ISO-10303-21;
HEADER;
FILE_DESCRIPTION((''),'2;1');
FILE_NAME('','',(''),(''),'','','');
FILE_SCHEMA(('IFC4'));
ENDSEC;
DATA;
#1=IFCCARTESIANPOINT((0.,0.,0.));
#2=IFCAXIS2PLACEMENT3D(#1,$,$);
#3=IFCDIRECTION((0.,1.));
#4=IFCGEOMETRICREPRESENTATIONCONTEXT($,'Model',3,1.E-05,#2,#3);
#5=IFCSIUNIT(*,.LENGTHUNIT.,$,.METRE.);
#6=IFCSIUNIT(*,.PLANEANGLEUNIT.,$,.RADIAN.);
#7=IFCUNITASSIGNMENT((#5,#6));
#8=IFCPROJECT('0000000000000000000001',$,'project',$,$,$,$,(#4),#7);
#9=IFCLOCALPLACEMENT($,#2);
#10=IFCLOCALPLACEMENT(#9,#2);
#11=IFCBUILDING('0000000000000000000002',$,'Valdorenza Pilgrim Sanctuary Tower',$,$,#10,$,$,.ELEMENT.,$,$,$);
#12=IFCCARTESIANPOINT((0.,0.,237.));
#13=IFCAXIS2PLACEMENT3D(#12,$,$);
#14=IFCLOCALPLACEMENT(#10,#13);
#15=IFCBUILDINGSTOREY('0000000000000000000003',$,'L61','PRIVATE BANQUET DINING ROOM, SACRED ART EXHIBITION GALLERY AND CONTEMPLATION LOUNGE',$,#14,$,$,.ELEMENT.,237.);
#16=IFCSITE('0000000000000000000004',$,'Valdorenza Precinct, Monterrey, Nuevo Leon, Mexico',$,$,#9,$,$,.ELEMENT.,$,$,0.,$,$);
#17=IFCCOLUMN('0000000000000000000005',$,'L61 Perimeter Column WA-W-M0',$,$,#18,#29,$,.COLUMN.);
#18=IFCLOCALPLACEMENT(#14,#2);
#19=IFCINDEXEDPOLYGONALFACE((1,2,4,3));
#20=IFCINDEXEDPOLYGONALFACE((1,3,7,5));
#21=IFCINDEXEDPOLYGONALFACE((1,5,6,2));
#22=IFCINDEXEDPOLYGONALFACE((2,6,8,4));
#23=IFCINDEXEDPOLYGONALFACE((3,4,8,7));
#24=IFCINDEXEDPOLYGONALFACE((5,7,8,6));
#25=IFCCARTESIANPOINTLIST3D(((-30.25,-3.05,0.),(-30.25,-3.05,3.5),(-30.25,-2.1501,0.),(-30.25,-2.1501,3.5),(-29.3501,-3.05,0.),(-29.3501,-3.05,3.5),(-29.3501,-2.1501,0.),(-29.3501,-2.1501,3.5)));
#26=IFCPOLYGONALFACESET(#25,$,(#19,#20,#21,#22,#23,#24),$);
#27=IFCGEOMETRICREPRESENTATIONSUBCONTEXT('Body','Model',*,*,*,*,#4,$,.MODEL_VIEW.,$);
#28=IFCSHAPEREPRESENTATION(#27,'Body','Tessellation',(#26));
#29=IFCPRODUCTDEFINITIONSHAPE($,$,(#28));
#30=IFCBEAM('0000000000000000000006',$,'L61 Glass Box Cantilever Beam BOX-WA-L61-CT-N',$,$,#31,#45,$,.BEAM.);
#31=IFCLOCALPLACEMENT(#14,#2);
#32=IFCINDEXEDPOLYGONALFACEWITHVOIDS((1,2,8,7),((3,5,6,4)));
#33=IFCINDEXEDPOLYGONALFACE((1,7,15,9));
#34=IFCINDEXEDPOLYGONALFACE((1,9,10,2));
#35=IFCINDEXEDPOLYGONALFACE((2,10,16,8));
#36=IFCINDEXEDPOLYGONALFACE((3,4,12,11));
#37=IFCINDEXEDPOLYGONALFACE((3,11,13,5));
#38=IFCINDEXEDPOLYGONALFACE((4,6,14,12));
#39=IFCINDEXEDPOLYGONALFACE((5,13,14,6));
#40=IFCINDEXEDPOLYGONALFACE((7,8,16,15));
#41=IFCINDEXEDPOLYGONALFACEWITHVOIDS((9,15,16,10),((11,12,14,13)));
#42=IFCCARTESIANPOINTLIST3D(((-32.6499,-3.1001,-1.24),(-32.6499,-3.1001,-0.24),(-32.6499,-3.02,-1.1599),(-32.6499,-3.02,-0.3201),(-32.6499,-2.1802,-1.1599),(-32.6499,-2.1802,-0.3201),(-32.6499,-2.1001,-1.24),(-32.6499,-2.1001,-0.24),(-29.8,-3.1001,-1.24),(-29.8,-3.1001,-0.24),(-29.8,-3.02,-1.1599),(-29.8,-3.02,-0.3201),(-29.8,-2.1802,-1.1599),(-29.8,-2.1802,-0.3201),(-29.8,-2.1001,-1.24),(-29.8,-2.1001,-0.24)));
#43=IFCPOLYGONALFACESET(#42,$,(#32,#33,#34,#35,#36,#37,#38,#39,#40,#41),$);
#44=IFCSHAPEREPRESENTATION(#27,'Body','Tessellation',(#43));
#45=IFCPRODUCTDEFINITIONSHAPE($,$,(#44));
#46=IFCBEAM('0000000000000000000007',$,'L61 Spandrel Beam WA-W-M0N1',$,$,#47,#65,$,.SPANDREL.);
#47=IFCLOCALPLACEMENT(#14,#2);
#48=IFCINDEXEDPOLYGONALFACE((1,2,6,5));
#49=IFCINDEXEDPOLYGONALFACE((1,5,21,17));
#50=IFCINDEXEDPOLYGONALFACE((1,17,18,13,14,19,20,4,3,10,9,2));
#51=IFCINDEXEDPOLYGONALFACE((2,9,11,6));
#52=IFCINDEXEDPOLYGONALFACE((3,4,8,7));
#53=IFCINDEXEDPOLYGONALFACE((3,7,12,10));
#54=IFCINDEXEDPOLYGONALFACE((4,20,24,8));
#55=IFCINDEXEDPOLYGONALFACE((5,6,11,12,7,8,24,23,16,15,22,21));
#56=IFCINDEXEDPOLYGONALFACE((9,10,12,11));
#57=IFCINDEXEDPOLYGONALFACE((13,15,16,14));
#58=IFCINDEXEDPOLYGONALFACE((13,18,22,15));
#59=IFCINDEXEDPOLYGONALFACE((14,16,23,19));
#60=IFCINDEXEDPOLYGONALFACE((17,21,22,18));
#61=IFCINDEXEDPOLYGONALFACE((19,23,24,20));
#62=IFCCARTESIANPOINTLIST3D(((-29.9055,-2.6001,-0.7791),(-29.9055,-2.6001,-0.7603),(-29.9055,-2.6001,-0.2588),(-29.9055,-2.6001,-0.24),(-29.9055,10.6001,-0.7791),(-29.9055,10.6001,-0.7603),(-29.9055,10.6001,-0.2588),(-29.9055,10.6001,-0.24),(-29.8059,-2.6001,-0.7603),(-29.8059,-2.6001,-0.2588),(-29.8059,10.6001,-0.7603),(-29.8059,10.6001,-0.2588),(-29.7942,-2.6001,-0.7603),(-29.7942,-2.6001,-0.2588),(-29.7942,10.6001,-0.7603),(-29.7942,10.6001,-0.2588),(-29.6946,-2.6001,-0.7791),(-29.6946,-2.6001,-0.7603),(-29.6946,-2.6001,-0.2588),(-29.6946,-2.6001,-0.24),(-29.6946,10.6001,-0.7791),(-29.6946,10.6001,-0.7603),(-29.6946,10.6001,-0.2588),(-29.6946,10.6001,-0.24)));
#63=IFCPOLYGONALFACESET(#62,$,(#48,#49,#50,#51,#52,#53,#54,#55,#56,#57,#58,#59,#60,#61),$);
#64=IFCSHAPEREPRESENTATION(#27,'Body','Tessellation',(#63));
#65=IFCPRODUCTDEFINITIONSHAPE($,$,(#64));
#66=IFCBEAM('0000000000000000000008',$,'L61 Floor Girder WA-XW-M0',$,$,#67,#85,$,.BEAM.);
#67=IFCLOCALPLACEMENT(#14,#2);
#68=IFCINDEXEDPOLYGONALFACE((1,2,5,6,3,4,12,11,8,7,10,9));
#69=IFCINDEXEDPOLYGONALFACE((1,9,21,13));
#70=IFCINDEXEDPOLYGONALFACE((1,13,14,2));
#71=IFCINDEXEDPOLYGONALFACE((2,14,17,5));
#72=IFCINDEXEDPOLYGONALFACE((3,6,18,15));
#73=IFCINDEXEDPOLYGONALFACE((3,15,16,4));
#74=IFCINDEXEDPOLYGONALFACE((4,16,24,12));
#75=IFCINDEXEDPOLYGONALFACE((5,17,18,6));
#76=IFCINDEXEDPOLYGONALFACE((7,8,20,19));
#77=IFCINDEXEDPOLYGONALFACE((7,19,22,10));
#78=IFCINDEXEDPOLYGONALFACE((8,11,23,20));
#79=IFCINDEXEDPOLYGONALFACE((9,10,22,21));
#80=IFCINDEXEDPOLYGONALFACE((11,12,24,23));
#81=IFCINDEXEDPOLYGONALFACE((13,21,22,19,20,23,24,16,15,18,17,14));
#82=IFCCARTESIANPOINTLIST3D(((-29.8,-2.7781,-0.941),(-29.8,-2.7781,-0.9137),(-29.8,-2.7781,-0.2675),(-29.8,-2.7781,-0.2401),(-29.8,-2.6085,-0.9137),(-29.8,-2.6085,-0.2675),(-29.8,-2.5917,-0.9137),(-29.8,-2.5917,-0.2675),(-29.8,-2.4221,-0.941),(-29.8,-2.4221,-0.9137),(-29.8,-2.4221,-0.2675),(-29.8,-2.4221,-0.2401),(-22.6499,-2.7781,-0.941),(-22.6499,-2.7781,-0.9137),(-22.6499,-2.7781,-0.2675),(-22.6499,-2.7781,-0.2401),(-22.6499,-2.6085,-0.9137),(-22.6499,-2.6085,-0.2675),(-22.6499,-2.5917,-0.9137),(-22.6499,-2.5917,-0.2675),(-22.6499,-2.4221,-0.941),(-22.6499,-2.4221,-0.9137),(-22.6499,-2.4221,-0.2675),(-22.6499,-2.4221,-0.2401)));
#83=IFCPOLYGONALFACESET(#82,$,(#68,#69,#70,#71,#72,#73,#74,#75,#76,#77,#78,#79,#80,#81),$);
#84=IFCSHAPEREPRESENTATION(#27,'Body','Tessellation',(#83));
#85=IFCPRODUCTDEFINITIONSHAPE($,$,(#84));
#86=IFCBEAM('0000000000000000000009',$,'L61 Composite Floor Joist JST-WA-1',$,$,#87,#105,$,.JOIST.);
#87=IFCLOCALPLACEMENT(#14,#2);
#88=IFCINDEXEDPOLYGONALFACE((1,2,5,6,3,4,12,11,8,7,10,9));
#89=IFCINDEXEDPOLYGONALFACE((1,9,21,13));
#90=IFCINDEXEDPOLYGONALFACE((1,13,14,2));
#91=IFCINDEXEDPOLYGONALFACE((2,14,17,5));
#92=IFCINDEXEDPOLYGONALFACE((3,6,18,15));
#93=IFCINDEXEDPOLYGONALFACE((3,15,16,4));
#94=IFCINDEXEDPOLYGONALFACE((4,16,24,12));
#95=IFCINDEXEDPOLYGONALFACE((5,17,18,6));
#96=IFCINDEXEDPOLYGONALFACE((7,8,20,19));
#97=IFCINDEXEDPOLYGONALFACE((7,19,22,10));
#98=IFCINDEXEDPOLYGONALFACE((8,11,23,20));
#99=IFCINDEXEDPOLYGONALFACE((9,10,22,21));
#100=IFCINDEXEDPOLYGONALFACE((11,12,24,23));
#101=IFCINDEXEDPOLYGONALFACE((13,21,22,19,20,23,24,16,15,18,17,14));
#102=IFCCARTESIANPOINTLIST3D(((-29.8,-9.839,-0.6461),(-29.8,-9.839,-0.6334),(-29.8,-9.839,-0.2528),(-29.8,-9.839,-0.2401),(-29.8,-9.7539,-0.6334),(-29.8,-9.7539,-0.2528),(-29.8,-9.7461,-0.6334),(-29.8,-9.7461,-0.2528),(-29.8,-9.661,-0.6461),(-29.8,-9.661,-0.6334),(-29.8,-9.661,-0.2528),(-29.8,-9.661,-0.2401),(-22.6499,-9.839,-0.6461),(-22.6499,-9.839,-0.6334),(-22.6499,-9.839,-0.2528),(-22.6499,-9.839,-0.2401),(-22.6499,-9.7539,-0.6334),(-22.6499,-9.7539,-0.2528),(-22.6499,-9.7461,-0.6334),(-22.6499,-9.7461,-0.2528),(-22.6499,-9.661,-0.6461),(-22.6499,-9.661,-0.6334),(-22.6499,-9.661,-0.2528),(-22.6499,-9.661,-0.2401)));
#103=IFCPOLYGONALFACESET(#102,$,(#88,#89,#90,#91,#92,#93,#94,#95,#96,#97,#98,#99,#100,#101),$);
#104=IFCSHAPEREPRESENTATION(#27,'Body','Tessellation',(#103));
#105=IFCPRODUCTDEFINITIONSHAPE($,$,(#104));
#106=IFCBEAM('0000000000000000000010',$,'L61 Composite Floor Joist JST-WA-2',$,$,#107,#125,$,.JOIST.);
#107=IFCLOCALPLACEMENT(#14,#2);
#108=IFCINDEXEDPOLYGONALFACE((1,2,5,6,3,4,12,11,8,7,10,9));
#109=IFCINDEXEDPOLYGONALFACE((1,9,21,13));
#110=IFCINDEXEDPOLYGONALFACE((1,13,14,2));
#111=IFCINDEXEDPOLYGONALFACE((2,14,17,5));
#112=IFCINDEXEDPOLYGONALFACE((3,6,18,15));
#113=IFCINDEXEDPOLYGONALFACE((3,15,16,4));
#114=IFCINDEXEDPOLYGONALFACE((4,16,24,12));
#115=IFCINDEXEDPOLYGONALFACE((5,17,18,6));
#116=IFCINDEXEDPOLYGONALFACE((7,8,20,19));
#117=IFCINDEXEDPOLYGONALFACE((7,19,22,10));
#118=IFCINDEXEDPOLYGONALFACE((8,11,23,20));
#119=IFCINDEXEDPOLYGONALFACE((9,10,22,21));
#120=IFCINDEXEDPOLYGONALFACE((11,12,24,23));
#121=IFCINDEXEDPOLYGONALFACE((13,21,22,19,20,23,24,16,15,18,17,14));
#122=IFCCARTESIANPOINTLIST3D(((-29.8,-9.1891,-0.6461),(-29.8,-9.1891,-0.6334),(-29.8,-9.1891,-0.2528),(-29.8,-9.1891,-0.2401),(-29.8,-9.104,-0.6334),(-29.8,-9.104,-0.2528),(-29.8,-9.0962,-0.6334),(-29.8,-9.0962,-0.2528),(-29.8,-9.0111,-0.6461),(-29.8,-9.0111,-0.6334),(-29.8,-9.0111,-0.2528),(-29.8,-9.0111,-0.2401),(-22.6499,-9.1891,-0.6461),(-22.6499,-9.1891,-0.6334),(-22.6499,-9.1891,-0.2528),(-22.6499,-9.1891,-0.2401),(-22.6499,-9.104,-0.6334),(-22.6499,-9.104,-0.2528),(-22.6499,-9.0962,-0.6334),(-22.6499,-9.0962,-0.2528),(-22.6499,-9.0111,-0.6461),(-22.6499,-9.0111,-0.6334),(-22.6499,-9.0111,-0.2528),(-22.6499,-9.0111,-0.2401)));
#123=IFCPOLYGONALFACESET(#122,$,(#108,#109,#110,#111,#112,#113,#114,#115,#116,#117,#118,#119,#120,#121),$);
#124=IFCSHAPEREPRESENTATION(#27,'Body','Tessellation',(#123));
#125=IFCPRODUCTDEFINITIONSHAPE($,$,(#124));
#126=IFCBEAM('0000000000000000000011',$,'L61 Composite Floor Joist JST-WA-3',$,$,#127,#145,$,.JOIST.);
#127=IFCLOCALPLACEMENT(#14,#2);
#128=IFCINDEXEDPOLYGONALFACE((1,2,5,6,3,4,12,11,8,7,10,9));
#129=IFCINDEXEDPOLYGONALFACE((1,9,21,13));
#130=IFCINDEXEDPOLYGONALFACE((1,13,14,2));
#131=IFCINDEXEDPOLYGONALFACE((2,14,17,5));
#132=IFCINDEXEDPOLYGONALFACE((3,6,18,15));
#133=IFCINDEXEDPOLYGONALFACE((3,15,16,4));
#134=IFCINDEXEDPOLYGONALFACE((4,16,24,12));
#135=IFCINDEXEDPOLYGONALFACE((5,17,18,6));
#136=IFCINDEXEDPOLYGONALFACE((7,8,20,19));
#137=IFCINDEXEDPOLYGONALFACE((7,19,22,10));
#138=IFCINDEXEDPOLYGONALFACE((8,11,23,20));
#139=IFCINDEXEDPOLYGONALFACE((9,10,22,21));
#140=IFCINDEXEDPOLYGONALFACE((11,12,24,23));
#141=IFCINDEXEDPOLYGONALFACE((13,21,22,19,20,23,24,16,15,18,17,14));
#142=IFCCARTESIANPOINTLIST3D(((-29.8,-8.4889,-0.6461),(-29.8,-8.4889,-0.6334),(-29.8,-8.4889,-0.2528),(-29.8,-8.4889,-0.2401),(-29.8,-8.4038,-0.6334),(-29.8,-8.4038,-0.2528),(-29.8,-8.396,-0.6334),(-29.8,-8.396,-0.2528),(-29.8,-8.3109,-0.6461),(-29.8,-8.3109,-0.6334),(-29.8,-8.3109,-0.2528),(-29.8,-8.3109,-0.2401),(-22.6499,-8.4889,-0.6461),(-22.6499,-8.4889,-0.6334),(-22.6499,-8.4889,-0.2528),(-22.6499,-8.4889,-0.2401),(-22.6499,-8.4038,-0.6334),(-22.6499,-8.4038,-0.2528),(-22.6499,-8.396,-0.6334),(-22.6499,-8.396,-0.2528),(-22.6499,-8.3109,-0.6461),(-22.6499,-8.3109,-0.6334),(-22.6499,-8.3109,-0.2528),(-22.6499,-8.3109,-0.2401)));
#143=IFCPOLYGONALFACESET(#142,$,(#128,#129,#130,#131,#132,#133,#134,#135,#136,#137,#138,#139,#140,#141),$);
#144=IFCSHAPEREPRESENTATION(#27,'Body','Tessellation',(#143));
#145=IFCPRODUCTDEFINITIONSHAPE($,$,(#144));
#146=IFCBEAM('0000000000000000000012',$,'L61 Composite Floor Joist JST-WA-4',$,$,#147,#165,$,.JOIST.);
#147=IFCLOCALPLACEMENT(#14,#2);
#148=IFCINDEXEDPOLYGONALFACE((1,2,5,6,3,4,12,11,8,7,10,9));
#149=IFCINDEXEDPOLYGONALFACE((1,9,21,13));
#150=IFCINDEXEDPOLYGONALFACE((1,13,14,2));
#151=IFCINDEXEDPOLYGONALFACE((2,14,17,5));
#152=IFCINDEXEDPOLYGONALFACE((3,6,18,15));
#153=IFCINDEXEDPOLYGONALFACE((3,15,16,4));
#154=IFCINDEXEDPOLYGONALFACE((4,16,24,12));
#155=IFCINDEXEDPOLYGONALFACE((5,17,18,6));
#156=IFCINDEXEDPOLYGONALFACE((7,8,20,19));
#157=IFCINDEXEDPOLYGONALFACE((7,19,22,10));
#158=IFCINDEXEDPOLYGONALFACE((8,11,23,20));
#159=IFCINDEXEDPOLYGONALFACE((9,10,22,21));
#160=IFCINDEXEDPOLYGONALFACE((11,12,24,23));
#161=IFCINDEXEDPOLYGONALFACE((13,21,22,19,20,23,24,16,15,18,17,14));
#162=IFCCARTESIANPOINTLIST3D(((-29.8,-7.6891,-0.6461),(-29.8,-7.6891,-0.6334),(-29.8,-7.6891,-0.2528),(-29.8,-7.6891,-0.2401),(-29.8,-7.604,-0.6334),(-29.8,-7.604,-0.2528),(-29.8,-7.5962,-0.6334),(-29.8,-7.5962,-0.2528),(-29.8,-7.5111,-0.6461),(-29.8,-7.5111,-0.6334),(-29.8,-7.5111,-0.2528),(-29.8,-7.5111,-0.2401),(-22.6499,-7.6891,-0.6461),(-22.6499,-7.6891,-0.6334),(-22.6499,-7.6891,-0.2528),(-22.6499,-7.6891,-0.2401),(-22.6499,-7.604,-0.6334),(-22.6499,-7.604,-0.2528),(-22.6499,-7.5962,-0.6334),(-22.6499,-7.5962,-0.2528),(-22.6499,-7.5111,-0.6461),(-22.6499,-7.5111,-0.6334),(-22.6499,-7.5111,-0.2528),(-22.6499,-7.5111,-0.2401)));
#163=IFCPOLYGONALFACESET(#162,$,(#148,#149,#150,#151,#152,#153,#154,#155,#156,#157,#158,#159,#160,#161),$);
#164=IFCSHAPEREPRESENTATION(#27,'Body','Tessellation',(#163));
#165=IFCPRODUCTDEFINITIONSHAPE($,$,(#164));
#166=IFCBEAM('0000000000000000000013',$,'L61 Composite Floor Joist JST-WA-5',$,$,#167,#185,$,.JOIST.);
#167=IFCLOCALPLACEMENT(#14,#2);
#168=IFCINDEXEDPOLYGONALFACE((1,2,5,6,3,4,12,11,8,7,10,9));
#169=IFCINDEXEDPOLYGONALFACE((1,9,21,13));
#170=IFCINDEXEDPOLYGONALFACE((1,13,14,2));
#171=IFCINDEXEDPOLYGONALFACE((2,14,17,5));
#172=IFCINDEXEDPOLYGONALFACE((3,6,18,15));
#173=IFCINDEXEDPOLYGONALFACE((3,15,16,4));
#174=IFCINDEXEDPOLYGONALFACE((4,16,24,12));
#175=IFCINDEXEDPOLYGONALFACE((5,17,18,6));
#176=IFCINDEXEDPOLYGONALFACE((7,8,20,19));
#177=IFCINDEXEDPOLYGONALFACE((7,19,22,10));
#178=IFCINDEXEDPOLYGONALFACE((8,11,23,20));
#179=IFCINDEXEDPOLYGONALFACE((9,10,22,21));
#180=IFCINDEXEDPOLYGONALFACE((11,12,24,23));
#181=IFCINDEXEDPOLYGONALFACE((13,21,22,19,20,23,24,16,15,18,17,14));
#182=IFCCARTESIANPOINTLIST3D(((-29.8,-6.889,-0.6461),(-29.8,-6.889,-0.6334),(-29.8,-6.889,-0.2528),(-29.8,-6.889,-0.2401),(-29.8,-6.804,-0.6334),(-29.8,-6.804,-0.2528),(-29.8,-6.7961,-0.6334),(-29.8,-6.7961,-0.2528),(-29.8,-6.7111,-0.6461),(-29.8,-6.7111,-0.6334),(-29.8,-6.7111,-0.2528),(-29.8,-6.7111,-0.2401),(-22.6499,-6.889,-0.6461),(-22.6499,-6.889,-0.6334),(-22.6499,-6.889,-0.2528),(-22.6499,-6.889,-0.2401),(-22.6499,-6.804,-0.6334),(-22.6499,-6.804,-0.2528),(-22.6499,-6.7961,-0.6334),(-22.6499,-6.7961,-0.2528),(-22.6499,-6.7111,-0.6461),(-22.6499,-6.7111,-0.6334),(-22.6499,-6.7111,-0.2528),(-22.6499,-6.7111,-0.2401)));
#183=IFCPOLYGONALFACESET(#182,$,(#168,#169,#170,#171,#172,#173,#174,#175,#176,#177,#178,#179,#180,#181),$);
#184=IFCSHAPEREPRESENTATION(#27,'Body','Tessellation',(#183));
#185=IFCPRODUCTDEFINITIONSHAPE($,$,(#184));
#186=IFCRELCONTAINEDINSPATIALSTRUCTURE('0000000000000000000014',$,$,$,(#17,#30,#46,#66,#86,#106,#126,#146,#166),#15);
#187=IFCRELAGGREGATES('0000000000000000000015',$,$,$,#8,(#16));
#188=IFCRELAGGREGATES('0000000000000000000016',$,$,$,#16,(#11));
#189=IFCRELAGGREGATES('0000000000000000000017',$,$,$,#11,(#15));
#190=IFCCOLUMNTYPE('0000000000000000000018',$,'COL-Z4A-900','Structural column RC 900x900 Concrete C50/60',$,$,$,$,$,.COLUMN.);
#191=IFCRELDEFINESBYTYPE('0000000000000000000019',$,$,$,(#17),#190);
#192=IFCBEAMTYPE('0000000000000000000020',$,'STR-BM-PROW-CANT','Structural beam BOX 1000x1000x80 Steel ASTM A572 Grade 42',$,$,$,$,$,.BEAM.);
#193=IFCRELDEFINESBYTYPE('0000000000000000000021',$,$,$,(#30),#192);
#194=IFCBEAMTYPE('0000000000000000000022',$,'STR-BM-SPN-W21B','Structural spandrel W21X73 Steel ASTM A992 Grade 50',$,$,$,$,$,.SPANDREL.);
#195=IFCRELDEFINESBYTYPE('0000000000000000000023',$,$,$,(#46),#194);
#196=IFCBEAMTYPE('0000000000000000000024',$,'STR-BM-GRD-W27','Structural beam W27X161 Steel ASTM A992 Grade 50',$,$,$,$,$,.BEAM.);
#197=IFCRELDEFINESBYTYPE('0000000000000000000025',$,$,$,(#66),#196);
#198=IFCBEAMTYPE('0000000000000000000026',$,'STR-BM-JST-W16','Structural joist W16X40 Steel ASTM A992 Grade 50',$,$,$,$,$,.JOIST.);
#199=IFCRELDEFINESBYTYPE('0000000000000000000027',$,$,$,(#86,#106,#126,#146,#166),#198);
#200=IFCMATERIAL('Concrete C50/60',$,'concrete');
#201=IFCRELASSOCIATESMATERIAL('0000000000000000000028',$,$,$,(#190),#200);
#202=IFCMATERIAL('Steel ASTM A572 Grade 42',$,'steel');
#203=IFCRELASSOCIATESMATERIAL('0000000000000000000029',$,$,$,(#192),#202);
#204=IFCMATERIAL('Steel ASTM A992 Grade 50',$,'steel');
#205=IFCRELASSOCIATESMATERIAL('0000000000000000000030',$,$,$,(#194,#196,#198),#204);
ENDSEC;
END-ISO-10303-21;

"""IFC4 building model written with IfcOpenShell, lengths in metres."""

from ifc_helpers import new_model, si_unit, direction, frame, origin, origin_2d, place, context, subcontext, project, spatial, rectangle, hollow_rectangle, i_section, extrude, source, transform, mapped, material, material_profile, profile_set, type_object, element, save


model = new_model("IFC4")

# Units and contexts
model_context = context("Model", 3, precision=1e-05, world=origin(), true_north=direction((0.0, 1.0)))
body_context = subcontext(model_context, "Body", "Model", "MODEL_VIEW")
ifc_project = project(units=[si_unit("LENGTHUNIT", "METRE"), si_unit("PLANEANGLEUNIT", "RADIAN")], contexts=[model_context])

# Site, building, storey
site_placement = place(None, origin())
site = spatial("IfcSite", under=ifc_project, at=site_placement, Name="Valdorenza Precinct, Monterrey, Nuevo Leon, Mexico", CompositionType="ELEMENT", RefElevation=0.0)
building_placement = place(site_placement, origin())
building = spatial("IfcBuilding", under=site, at=building_placement, Name="Valdorenza Pilgrim Sanctuary Tower", CompositionType="ELEMENT")
storey_placement = place(building_placement, frame((0.0, 0.0, 237.0)))
storey = spatial("IfcBuildingStorey", under=building, at=storey_placement, Name="L61", Description="PRIVATE BANQUET DINING ROOM, SACRED ART EXHIBITION GALLERY AND CONTEMPLATION LOUNGE", CompositionType="ELEMENT", Elevation=237.0)

# Column
ifc_material_1 = material(Name="Concrete C50/60", Category="concrete")
ifc_material_profile_1 = material_profile(ifc_material_1, rectangle(XDim=0.8999, YDim=0.8999, at=origin_2d()), Name="RC 900x900")
ifc_profile_set_1 = profile_set([ifc_material_profile_1], Name="Concrete C50/60")
column_type = type_object("IfcColumnType", Name="COL-Z4A-900", Description="Structural column RC 900x900 Concrete C50/60", PredefinedType="COLUMN", material=ifc_profile_set_1)
shared_shape_1 = source(origin(), body_context, "Body", "SweptSolid", [
    extrude(rectangle(XDim=0.8999, YDim=0.8999, at=origin_2d()), origin(), (0.0, 0.0, 1.0), 3.5),
])
column_placement = place(storey_placement, frame((-29.8, -2.6001, 0.0), z_axis=(0.0, 0.0, 1.0), x_axis=(1.0, 0.0, 0.0)))
element("IfcColumn", 1, at=column_placement, inside=storey, type_object=column_type, Name="L61 Perimeter Column WA-W-M0", PredefinedType="COLUMN", context=body_context, shape_type="MappedRepresentation", body=[
    mapped(shared_shape_1, transform((0.0, 0.0, 0.0), x_axis=(1.0, 0.0, 0.0), y_axis=(0.0, 1.0, 0.0), z_axis=(0.0, 0.0, 1.0), scale=1.0)),
])

# Beams
ifc_material_2 = material(Name="Steel ASTM A572 Grade 42", Category="steel")
ifc_material_profile_2 = material_profile(ifc_material_2, hollow_rectangle(XDim=1.0, YDim=1.0, WallThickness=0.0801, at=origin_2d()), Name="BOX 1000x1000x80")
ifc_profile_set_2 = profile_set([ifc_material_profile_2], Name="Steel ASTM A572 Grade 42")
beam_type_1 = type_object("IfcBeamType", Name="STR-BM-PROW-CANT", Description="Structural beam BOX 1000x1000x80 Steel ASTM A572 Grade 42", PredefinedType="BEAM", material=ifc_profile_set_2)
shared_shape_2 = source(origin(), body_context, "Body", "SweptSolid", [
    extrude(hollow_rectangle(XDim=1.0, YDim=1.0, WallThickness=0.0801, at=origin_2d()), origin(), (0.0, 0.0, 1.0), 2.8499),
])
beam_1_placement = place(storey_placement, frame((-29.8, -2.6001, -0.74), z_axis=(-1.0, 0.0, 0.0), x_axis=(0.0, -1.0, 0.0)))
element("IfcBeam", 2, at=beam_1_placement, inside=storey, type_object=beam_type_1, Name="L61 Glass Box Cantilever Beam BOX-WA-L61-CT-N", PredefinedType="BEAM", context=body_context, shape_type="MappedRepresentation", body=[
    mapped(shared_shape_2, transform((0.0, 0.0, 0.0), x_axis=(1.0, 0.0, 0.0), y_axis=(0.0, 1.0, 0.0), z_axis=(0.0, 0.0, 1.0), scale=1.0)),
])
ifc_material_3 = material(Name="Steel ASTM A992 Grade 50", Category="steel")
ifc_material_profile_3 = material_profile(ifc_material_3, i_section(OverallWidth=0.2109, OverallDepth=0.5391, WebThickness=0.0117, FlangeThickness=0.0188, at=origin_2d()), Name="W21X73")
ifc_profile_set_3 = profile_set([ifc_material_profile_3], Name="Steel ASTM A992 Grade 50")
beam_type_2 = type_object("IfcBeamType", Name="STR-BM-SPN-W21B", Description="Structural spandrel W21X73 Steel ASTM A992 Grade 50", PredefinedType="SPANDREL", material=ifc_profile_set_3)
shared_shape_3 = source(origin(), body_context, "Body", "SweptSolid", [
    extrude(i_section(OverallWidth=0.2109, OverallDepth=0.5391, WebThickness=0.0117, FlangeThickness=0.0188, at=origin_2d()), origin(), (0.0, 0.0, 1.0), 13.2002),
])
beam_2_placement = place(storey_placement, frame((-29.8, -2.6001, -0.5095), z_axis=(0.0, 1.0, 0.0), x_axis=(-1.0, 0.0, 0.0)))
element("IfcBeam", 3, at=beam_2_placement, inside=storey, type_object=beam_type_2, Name="L61 Spandrel Beam WA-W-M0N1", PredefinedType="SPANDREL", context=body_context, shape_type="MappedRepresentation", body=[
    mapped(shared_shape_3, transform((0.0, 0.0, 0.0), x_axis=(1.0, 0.0, 0.0), y_axis=(0.0, 1.0, 0.0), z_axis=(0.0, 0.0, 1.0), scale=1.0)),
])
ifc_material_profile_4 = material_profile(ifc_material_3, i_section(OverallWidth=0.356, OverallDepth=0.7009, WebThickness=0.0168, FlangeThickness=0.0273, at=origin_2d()), Name="W27X161")
ifc_profile_set_4 = profile_set([ifc_material_profile_4], Name="Steel ASTM A992 Grade 50")
beam_type_3 = type_object("IfcBeamType", Name="STR-BM-GRD-W27", Description="Structural beam W27X161 Steel ASTM A992 Grade 50", PredefinedType="BEAM", material=ifc_profile_set_4)
shared_shape_4 = source(origin(), body_context, "Body", "SweptSolid", [
    extrude(i_section(OverallWidth=0.356, OverallDepth=0.7009, WebThickness=0.0168, FlangeThickness=0.0273, at=origin_2d()), origin(), (0.0, 0.0, 1.0), 7.1501),
])
beam_3_placement = place(storey_placement, frame((-29.8, -2.6001, -0.5906), z_axis=(1.0, 0.0, 0.0), x_axis=(0.0, 1.0, 0.0)))
element("IfcBeam", 4, at=beam_3_placement, inside=storey, type_object=beam_type_3, Name="L61 Floor Girder WA-XW-M0", PredefinedType="BEAM", context=body_context, shape_type="MappedRepresentation", body=[
    mapped(shared_shape_4, transform((0.0, 0.0, 0.0), x_axis=(1.0, 0.0, 0.0), y_axis=(0.0, 1.0, 0.0), z_axis=(0.0, 0.0, 1.0), scale=1.0)),
])
ifc_material_profile_5 = material_profile(ifc_material_3, i_section(OverallWidth=0.178, OverallDepth=0.406, WebThickness=0.0078, FlangeThickness=0.0127, at=origin_2d()), Name="W16X40")
ifc_profile_set_5 = profile_set([ifc_material_profile_5], Name="Steel ASTM A992 Grade 50")
beam_type_4 = type_object("IfcBeamType", Name="STR-BM-JST-W16", Description="Structural joist W16X40 Steel ASTM A992 Grade 50", PredefinedType="JOIST", material=ifc_profile_set_5)
shared_shape_5 = source(origin(), body_context, "Body", "SweptSolid", [
    extrude(i_section(OverallWidth=0.178, OverallDepth=0.406, WebThickness=0.0078, FlangeThickness=0.0127, at=origin_2d()), origin(), (0.0, 0.0, 1.0), 7.1501),
])
for number, where, z_axis, x_axis, name in (
    (5, (-29.8, -9.75, -0.4431), (1.0, 0.0, 0.0), (0.0, 1.0, 0.0), "L61 Composite Floor Joist JST-WA-1"),
    (6, (-29.8, -9.1001, -0.4431), (1.0, 0.0, 0.0), (0.0, 1.0, 0.0), "L61 Composite Floor Joist JST-WA-2"),
    (7, (-29.8, -8.3999, -0.4431), (1.0, 0.0, 0.0), (0.0, 1.0, 0.0), "L61 Composite Floor Joist JST-WA-3"),
    (8, (-29.8, -7.6001, -0.4431), (1.0, 0.0, 0.0), (0.0, 1.0, 0.0), "L61 Composite Floor Joist JST-WA-4"),
    (9, (-29.8, -6.8, -0.4431), (1.0, 0.0, 0.0), (0.0, 1.0, 0.0), "L61 Composite Floor Joist JST-WA-5"),
):
    element("IfcBeam", number, at=place(storey_placement, frame(where, z_axis=z_axis, x_axis=x_axis)), inside=storey, type_object=beam_type_4, Name=name, PredefinedType="JOIST", context=body_context, shape_type="MappedRepresentation", body=[
        mapped(shared_shape_5, transform((0.0, 0.0, 0.0), x_axis=(1.0, 0.0, 0.0), y_axis=(0.0, 1.0, 0.0), z_axis=(0.0, 0.0, 1.0), scale=1.0)),
    ])

save(model, "model.ifc")
